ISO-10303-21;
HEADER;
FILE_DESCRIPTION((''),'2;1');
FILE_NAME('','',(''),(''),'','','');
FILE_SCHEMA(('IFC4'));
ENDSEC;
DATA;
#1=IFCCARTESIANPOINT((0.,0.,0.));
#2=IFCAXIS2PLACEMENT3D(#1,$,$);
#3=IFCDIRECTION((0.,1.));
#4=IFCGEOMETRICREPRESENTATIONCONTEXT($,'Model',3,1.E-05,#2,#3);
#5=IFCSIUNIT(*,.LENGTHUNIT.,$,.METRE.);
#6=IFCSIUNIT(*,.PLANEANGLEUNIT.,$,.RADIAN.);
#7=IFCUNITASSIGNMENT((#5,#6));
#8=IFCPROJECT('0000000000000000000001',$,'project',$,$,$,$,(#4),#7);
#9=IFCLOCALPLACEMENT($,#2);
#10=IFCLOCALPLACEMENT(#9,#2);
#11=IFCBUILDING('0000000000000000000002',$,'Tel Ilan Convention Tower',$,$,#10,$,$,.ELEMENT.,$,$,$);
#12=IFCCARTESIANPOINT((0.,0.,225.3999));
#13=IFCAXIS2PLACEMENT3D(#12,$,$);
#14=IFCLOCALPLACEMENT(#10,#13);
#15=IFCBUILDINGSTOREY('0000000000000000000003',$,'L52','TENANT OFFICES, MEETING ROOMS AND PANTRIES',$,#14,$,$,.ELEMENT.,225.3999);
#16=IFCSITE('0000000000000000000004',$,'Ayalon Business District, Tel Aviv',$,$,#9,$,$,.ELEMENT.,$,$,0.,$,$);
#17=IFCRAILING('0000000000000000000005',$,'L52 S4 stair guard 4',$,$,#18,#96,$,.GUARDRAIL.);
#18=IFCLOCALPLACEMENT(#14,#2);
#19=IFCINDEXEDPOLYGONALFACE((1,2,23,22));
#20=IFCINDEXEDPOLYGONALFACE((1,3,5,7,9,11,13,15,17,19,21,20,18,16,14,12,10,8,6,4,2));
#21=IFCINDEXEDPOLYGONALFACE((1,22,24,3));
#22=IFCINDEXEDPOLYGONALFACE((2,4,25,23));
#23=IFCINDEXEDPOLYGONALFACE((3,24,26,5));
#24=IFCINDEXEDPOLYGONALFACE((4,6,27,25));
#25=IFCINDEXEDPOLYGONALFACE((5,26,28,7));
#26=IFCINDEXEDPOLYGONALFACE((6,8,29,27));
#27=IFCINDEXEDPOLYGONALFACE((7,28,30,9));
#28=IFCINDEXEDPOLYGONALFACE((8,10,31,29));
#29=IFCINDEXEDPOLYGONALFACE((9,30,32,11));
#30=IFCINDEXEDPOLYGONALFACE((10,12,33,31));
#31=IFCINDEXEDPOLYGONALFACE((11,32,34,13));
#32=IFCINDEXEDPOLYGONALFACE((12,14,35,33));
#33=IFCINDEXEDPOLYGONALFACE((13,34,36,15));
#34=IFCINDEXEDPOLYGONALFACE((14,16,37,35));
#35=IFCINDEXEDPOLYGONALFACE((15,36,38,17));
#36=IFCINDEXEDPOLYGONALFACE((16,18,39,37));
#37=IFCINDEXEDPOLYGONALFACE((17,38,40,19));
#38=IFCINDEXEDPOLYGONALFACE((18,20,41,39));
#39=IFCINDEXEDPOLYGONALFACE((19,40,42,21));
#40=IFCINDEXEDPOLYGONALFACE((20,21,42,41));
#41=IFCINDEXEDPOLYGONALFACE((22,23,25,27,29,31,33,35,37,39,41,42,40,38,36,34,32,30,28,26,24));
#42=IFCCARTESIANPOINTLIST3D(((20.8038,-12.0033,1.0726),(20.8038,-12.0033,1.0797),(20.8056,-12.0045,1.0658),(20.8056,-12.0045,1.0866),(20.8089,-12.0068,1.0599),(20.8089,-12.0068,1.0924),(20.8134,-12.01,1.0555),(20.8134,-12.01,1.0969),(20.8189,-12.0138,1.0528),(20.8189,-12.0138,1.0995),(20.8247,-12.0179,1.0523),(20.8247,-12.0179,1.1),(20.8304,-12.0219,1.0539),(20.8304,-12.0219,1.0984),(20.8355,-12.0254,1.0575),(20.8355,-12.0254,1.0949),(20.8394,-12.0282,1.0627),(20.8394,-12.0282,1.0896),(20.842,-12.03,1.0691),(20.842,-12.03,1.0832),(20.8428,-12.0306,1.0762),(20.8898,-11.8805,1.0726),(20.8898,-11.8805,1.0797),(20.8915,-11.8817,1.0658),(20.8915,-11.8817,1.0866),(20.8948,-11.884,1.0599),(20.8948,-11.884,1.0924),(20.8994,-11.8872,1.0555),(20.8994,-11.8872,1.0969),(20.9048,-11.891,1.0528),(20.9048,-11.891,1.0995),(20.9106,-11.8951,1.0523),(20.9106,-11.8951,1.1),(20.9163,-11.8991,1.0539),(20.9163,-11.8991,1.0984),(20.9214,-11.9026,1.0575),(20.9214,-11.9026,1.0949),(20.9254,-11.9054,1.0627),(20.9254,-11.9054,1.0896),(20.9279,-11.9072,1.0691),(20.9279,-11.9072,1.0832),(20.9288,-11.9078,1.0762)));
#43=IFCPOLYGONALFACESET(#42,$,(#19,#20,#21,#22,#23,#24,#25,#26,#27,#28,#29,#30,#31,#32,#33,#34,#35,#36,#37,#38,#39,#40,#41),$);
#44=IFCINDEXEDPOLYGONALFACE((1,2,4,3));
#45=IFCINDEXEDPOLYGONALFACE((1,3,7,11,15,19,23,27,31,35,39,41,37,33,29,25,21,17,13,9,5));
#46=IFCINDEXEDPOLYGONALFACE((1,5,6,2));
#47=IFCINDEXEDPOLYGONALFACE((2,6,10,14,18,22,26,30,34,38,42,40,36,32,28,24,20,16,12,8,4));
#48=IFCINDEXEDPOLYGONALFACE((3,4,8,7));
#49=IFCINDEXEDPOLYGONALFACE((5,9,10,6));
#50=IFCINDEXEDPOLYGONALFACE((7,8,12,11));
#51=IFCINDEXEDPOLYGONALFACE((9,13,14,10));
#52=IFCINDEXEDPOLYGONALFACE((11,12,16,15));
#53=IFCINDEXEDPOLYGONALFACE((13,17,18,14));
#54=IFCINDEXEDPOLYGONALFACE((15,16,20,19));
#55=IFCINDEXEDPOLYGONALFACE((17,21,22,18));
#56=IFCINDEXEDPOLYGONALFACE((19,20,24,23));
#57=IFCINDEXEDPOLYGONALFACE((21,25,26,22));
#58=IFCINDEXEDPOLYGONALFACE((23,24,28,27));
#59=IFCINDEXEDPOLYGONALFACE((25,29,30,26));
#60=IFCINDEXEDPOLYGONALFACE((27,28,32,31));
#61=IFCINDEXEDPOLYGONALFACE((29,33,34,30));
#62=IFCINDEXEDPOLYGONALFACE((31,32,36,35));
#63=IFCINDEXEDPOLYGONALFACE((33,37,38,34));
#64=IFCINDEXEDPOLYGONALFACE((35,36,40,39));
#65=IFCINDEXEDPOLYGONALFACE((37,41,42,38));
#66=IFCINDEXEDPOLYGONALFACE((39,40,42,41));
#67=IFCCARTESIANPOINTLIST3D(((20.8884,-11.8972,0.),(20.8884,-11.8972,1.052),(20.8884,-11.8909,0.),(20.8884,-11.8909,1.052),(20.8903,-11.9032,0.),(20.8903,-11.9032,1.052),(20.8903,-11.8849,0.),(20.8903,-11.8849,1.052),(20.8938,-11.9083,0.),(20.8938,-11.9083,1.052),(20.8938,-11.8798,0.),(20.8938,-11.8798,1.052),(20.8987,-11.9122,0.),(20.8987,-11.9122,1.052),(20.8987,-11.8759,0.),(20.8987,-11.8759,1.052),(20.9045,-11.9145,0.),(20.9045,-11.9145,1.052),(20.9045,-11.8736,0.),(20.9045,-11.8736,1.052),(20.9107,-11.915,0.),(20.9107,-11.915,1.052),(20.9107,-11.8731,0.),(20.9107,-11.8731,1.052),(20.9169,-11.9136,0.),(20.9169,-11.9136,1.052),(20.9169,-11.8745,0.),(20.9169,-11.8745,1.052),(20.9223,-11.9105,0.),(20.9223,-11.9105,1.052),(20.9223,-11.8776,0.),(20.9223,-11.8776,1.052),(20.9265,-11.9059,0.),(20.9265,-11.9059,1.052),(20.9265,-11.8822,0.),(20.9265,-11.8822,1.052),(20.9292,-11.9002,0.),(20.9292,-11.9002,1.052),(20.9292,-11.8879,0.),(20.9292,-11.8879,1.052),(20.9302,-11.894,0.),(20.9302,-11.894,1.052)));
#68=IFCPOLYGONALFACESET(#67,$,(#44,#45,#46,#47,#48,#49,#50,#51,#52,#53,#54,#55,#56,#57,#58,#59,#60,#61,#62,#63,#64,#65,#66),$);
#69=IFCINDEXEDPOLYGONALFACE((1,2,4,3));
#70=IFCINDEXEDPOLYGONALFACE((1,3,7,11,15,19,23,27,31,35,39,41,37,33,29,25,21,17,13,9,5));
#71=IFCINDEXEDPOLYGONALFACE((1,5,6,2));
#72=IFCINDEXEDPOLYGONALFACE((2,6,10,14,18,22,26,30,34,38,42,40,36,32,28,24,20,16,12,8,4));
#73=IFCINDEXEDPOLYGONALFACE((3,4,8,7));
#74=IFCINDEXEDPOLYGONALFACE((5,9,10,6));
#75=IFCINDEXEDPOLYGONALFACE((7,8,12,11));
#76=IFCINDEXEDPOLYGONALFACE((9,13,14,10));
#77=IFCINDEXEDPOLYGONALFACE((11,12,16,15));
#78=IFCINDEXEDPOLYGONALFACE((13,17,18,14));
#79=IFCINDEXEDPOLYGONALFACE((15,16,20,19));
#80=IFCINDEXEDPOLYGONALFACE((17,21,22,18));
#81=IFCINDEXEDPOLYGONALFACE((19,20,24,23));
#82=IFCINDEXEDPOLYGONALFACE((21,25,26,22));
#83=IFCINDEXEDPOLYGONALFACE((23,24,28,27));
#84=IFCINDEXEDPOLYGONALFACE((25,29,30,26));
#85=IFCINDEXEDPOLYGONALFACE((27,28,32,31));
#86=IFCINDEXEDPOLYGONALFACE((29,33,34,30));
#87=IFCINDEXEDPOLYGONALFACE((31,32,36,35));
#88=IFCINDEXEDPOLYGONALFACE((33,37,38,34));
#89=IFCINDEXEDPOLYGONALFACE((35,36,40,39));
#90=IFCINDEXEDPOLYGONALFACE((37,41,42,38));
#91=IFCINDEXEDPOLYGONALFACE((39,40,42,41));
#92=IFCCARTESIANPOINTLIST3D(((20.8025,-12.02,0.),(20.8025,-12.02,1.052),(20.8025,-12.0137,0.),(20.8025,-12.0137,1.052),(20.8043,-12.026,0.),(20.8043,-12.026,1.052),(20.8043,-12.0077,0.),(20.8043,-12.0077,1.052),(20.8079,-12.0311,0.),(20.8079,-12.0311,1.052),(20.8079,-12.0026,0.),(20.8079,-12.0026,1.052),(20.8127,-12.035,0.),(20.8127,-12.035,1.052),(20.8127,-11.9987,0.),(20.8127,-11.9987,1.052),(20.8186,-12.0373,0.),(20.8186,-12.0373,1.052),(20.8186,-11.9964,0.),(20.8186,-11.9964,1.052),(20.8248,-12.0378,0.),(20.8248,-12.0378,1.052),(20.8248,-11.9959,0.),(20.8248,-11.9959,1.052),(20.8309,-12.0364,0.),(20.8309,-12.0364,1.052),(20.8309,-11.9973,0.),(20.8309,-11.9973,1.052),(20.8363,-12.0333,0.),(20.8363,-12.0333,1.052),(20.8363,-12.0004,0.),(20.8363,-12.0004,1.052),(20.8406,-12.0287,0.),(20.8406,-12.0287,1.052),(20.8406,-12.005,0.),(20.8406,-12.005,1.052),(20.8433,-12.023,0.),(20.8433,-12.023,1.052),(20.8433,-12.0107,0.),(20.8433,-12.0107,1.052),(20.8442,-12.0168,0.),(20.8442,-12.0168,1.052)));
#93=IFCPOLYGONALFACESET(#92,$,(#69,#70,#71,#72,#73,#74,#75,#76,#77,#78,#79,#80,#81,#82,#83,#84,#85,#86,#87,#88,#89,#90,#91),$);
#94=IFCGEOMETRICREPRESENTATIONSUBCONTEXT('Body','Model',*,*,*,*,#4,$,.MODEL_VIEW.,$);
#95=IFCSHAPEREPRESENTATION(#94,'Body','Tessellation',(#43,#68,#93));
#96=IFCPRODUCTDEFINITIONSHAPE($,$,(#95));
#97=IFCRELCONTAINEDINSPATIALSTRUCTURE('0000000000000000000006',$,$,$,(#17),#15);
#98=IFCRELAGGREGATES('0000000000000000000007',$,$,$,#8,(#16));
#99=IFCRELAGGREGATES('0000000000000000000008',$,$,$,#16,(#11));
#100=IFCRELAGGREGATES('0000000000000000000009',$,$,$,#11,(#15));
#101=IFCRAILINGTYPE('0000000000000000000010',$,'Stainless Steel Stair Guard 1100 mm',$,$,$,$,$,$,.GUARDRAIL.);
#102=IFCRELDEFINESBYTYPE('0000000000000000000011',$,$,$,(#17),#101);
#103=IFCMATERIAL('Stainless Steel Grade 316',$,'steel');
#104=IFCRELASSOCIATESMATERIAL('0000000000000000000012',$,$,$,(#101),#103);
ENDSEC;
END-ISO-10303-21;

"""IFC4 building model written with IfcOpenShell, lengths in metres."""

from ifc_helpers import new_model, si_unit, direction, frame, origin, origin_2d, place, context, subcontext, project, spatial, circle, extrude, material, type_object, element, save


model = new_model("IFC4")

# Units and contexts
model_context = context("Model", 3, precision=1e-05, world=origin(), true_north=direction((0.0, 1.0)))
body_context = subcontext(model_context, "Body", "Model", "MODEL_VIEW")
ifc_project = project(units=[si_unit("LENGTHUNIT", "METRE"), si_unit("PLANEANGLEUNIT", "RADIAN")], contexts=[model_context])

# Site, building, storey
site_placement = place(None, origin())
site = spatial("IfcSite", under=ifc_project, at=site_placement, Name="Ayalon Business District, Tel Aviv", CompositionType="ELEMENT", RefElevation=0.0)
building_placement = place(site_placement, origin())
building = spatial("IfcBuilding", under=site, at=building_placement, Name="Tel Ilan Convention Tower", CompositionType="ELEMENT")
storey_placement = place(building_placement, frame((0.0, 0.0, 225.3999)))
storey = spatial("IfcBuildingStorey", under=building, at=storey_placement, Name="L52", Description="TENANT OFFICES, MEETING ROOMS AND PANTRIES", CompositionType="ELEMENT", Elevation=225.3999)

# Railing
ifc_material_1 = material(Name="Stainless Steel Grade 316", Category="steel")
railing_type_1 = type_object("IfcRailingType", Name="Stainless Steel Stair Guard 1100 mm", PredefinedType="GUARDRAIL", material=ifc_material_1)
railing_1_placement = place(storey_placement, frame((20.9092, -11.894, 0.0)))
element("IfcRailing", 1, at=railing_1_placement, inside=storey, type_object=railing_type_1, Name="L52 S4 stair guard 4", PredefinedType="GUARDRAIL", context=body_context, shape_type="SweptSolid", body=[
    extrude(circle(Radius=0.0239, at=origin_2d()), frame((0.0, 0.0, 1.0762), z_axis=(-0.573353, -0.819308, 0.0), x_axis=(0.819308, -0.573353, 0.0)), (0.0, 0.0, 1.0), 0.1499),
    extrude(circle(Radius=0.021, at=origin_2d()), origin(), (0.0, 0.0, 1.0), 1.052),
    extrude(circle(Radius=0.021, at=origin_2d()), frame((-0.0859, -0.1228, 0.0)), (0.0, 0.0, 1.0), 1.052),
])

save(model, "model.ifc")
